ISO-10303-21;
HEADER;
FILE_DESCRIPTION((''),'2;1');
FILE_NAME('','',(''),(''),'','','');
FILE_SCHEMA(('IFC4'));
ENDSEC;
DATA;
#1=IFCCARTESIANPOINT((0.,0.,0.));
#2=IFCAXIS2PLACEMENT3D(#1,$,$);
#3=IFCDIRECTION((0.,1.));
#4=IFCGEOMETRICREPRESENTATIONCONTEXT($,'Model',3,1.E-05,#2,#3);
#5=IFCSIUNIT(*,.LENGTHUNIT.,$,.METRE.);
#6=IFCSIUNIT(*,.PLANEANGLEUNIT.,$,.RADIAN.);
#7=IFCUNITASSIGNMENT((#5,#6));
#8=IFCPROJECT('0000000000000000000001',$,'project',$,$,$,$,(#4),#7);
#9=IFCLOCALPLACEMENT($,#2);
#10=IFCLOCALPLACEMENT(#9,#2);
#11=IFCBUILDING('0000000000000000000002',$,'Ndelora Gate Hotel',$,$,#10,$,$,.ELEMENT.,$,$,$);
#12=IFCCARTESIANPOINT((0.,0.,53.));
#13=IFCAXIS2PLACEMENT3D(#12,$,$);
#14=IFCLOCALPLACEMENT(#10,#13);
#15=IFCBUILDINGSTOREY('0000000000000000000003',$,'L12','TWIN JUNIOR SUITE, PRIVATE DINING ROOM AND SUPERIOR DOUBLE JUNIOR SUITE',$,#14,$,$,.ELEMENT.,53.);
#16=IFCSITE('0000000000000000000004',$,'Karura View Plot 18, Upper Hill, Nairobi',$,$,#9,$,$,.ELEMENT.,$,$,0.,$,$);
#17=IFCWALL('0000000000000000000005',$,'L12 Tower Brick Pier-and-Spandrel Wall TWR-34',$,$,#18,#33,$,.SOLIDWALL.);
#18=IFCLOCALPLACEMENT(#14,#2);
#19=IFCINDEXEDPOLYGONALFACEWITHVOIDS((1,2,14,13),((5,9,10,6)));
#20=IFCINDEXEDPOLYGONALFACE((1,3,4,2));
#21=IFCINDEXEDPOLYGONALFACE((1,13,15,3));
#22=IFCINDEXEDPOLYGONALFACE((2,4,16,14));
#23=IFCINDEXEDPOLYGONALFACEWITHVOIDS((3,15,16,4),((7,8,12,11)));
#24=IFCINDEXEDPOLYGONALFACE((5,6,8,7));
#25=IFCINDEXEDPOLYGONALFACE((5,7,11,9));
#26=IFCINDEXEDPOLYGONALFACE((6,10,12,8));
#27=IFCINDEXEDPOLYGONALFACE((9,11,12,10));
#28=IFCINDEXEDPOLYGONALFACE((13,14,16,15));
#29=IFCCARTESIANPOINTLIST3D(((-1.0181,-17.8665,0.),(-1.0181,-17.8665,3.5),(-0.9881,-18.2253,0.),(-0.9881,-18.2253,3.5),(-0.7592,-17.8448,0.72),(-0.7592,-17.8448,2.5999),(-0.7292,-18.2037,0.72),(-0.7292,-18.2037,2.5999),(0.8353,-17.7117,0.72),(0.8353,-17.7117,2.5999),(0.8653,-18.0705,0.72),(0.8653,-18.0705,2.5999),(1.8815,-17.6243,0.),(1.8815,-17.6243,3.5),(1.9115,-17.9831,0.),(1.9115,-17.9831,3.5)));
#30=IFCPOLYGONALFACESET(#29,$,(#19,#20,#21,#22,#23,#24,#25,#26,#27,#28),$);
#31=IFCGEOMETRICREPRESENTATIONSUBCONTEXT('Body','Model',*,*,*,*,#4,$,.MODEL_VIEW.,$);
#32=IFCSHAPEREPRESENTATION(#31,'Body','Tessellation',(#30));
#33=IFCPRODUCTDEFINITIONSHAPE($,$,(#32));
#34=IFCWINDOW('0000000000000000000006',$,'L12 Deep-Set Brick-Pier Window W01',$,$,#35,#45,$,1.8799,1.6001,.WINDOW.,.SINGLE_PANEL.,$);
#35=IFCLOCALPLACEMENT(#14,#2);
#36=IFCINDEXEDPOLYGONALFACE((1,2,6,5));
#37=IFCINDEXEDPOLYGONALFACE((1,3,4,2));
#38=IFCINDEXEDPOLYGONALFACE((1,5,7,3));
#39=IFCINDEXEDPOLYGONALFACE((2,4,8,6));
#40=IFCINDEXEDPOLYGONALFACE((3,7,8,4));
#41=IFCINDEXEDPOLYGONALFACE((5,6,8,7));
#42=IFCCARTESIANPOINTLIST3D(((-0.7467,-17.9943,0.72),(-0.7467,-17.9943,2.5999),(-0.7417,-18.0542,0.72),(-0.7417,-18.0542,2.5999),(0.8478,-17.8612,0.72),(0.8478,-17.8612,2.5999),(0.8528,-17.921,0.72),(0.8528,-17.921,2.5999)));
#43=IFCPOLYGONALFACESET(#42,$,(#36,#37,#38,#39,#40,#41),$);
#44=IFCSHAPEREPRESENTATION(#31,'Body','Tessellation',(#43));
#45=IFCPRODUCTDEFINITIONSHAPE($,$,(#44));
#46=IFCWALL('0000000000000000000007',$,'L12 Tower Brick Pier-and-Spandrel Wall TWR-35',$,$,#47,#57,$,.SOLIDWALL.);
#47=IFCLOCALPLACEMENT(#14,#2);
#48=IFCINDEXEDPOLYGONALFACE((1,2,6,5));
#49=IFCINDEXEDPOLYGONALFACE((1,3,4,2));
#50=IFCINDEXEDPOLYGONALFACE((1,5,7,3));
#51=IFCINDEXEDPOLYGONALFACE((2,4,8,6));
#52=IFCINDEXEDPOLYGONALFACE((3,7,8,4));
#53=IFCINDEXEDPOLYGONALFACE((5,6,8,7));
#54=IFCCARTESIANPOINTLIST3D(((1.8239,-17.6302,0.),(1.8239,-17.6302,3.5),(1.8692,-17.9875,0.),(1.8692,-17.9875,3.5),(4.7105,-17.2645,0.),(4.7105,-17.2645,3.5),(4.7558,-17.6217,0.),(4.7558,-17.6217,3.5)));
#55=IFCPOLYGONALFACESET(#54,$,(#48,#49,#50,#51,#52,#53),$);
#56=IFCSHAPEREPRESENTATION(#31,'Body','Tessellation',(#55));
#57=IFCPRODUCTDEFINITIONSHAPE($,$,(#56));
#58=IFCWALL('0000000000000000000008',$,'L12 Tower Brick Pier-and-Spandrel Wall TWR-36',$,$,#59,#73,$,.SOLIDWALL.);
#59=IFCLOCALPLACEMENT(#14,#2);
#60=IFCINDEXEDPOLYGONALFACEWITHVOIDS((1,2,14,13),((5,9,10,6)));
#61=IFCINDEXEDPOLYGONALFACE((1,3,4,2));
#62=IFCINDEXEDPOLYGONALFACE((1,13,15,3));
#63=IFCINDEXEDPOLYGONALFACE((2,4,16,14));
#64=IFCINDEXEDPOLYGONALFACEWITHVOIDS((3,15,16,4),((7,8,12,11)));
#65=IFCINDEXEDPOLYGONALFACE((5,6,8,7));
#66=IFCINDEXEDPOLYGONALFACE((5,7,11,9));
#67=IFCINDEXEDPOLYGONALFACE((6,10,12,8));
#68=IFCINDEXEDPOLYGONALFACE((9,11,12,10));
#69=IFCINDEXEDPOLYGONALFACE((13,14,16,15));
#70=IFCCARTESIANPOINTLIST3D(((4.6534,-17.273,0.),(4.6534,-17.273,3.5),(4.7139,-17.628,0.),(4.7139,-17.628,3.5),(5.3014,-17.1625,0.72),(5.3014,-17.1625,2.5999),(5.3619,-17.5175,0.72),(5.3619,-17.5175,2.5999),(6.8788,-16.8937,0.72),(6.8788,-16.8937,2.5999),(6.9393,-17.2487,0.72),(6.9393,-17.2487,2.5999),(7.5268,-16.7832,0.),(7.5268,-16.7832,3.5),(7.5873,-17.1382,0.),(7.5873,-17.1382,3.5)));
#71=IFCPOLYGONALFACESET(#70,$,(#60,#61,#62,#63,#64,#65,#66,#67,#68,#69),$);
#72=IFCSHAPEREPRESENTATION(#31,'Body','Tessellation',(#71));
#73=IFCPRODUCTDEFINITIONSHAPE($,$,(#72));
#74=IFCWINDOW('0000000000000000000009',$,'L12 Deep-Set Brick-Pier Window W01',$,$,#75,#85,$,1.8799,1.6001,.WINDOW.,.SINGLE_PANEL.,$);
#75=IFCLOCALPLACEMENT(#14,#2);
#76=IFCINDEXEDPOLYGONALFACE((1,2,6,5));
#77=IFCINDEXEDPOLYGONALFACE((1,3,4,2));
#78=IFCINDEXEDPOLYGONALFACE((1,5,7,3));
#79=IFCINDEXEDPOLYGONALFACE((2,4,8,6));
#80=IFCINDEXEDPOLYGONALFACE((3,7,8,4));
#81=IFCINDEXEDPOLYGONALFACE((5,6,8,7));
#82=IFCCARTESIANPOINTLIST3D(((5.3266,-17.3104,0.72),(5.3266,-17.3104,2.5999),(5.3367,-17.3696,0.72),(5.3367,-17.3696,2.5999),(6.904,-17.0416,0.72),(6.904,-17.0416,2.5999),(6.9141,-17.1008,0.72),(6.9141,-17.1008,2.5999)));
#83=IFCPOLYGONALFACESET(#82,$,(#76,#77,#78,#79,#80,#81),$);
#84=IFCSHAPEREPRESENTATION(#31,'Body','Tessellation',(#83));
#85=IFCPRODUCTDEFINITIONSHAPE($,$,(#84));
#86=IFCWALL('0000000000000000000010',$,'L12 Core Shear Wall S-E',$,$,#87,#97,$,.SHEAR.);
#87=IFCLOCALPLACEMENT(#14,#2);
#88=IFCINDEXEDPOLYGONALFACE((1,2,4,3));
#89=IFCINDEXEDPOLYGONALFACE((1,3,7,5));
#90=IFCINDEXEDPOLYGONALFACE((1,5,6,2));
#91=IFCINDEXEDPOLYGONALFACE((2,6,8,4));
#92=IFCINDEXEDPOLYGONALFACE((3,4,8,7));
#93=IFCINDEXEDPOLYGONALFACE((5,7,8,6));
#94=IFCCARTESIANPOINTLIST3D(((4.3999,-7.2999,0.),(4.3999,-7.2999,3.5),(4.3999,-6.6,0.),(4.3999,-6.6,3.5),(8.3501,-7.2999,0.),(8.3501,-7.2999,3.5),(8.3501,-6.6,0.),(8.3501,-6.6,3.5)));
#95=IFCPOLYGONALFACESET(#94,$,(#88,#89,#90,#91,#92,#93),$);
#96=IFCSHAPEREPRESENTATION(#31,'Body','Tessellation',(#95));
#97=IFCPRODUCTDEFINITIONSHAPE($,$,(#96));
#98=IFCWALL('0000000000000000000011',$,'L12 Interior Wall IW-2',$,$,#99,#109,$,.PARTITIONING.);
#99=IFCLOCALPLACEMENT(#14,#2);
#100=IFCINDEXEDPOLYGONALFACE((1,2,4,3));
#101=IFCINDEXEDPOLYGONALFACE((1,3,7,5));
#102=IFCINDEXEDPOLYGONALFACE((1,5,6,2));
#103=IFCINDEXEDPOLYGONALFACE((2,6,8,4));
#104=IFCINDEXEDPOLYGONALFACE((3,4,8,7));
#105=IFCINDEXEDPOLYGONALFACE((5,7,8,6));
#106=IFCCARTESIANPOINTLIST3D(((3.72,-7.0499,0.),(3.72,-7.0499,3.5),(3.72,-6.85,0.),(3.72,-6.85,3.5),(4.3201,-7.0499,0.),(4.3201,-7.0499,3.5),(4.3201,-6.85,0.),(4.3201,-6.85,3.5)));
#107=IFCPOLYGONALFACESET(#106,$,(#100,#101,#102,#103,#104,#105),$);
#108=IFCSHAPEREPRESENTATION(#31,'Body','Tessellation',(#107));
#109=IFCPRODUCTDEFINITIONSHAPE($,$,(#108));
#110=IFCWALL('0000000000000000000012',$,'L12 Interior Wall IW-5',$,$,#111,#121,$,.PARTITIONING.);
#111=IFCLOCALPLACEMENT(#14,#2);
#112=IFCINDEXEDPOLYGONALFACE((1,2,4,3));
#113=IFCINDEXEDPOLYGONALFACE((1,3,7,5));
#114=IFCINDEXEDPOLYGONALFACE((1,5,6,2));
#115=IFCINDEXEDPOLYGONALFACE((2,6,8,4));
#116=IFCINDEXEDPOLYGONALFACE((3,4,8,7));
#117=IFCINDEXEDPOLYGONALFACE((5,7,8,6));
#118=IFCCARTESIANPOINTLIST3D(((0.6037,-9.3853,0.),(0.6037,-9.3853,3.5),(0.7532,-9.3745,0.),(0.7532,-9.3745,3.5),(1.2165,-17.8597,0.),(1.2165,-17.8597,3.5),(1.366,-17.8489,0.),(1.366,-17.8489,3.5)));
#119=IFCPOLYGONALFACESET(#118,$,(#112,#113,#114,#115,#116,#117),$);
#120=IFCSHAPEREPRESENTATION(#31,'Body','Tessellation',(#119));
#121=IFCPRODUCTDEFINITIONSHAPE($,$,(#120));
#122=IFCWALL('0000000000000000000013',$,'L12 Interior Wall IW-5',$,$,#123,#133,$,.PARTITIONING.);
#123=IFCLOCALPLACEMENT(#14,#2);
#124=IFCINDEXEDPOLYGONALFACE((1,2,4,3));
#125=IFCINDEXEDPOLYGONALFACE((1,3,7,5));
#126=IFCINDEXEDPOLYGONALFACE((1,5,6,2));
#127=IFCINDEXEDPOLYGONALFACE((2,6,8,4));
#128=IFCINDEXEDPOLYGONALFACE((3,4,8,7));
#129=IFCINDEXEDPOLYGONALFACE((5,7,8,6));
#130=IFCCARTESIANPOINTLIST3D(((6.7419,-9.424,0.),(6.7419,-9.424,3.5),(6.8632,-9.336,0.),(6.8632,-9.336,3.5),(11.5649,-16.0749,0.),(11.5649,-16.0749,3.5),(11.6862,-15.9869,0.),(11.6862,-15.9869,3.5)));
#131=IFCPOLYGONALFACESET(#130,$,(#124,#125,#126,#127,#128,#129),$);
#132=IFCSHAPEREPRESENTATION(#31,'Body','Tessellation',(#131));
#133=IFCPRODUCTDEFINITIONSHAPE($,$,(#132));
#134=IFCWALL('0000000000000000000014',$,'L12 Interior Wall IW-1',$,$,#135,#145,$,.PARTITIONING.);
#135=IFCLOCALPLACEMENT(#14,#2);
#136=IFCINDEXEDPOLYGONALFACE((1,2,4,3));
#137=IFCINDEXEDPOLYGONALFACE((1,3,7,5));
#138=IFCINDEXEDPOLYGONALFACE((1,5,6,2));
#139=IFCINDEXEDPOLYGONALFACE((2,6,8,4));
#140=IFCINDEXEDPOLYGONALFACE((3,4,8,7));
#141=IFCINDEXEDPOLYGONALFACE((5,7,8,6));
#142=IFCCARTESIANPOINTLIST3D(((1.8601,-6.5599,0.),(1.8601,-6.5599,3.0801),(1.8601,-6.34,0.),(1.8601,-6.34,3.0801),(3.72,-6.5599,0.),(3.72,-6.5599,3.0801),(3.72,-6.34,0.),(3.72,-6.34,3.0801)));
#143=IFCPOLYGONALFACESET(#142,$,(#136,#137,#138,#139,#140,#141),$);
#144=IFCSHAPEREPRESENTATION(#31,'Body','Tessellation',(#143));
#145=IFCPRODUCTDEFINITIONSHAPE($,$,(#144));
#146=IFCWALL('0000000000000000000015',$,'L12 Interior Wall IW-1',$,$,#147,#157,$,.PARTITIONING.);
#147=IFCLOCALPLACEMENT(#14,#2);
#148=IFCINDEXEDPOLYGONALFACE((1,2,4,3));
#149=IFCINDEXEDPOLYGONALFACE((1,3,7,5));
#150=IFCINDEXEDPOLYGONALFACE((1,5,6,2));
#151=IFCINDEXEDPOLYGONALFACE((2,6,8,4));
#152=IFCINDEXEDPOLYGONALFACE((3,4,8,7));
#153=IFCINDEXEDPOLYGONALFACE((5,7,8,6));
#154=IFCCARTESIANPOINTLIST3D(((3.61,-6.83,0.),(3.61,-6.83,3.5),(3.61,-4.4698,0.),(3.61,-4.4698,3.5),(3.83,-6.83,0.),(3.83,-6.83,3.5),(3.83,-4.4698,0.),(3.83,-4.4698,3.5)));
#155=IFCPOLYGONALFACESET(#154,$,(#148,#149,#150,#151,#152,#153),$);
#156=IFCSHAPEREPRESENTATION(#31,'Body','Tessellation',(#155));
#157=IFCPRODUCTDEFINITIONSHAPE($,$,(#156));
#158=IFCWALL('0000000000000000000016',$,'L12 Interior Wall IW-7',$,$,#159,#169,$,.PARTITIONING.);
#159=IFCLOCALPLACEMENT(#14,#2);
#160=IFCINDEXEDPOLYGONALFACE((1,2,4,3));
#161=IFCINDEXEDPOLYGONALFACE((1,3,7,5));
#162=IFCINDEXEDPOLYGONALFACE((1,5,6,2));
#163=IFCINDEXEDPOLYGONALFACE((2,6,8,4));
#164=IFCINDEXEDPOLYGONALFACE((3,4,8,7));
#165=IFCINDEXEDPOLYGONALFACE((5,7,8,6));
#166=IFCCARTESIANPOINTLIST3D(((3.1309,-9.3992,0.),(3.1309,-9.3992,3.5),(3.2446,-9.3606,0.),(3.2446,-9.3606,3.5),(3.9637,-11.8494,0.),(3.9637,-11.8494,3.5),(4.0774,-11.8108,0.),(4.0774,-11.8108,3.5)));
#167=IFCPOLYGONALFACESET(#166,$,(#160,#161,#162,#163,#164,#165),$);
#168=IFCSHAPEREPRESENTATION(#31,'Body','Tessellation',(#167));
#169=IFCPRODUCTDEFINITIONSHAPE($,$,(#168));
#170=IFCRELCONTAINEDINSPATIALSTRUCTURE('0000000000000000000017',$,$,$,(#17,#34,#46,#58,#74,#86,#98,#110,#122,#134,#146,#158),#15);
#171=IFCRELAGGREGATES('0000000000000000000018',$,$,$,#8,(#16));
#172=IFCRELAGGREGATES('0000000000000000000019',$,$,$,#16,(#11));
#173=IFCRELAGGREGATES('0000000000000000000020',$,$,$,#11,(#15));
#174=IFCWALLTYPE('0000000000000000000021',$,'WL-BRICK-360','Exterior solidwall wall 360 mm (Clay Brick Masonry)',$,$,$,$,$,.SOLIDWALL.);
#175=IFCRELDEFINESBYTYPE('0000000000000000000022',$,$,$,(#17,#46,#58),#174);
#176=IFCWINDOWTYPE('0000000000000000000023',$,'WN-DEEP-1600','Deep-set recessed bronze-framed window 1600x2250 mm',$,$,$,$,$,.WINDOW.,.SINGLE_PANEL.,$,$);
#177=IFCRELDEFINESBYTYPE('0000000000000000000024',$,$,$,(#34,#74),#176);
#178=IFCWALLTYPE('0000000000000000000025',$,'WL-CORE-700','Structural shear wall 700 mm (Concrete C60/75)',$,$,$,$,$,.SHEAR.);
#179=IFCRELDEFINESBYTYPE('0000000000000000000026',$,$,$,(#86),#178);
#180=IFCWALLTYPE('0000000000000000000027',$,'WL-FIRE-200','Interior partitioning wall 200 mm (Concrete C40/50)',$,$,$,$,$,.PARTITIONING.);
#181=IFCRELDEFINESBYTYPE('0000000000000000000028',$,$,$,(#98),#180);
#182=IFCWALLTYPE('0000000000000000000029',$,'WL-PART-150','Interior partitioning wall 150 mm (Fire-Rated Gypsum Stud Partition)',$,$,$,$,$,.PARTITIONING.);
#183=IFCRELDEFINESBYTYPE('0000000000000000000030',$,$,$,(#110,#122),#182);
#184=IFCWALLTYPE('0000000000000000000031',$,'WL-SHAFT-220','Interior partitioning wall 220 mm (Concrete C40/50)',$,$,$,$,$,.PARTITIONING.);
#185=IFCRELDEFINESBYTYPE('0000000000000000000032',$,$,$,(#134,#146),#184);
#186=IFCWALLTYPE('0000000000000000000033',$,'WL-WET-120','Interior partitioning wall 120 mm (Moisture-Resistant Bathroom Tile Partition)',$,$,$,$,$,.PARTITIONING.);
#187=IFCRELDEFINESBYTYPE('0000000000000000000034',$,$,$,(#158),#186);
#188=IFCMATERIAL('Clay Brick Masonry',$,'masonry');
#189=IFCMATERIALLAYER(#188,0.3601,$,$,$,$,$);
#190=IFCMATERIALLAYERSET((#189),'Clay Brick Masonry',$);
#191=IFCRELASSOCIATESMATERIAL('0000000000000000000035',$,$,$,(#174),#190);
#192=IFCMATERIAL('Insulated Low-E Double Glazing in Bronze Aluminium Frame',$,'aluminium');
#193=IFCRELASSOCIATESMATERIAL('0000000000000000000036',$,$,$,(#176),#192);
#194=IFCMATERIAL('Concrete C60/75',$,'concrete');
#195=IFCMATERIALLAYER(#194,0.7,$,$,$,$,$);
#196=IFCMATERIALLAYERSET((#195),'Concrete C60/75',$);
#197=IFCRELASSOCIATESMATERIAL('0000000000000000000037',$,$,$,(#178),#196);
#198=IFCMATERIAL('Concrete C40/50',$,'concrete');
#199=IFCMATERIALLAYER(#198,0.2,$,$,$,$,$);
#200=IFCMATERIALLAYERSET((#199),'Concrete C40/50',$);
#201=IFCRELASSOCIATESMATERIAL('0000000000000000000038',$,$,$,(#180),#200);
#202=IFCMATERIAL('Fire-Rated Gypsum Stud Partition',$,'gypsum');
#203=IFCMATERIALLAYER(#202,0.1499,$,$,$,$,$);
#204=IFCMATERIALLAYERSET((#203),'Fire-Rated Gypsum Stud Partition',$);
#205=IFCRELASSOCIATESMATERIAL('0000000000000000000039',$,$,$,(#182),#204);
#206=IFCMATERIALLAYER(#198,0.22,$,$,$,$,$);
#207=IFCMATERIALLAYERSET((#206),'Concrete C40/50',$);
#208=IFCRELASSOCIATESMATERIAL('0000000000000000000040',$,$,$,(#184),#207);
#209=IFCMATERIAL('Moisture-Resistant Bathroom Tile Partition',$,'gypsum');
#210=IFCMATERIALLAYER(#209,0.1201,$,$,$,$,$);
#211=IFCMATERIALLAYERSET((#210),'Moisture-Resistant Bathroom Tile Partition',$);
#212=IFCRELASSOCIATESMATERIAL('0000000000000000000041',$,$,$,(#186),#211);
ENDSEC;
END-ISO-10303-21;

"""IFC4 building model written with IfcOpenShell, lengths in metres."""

from ifc_helpers import new_model, si_unit, direction, frame, frame_2d, origin, place, context, subcontext, project, spatial, rectangle, extrude, material, layer, layer_set, type_object, element, fill, save


model = new_model("IFC4")

# Units and contexts
model_context = context("Model", 3, precision=1e-05, world=origin(), true_north=direction((0.0, 1.0)))
body_context = subcontext(model_context, "Body", "Model", "MODEL_VIEW")
ifc_project = project(units=[si_unit("LENGTHUNIT", "METRE"), si_unit("PLANEANGLEUNIT", "RADIAN")], contexts=[model_context])

# Site, building, storey
site_placement = place(None, origin())
site = spatial("IfcSite", under=ifc_project, at=site_placement, Name="Karura View Plot 18, Upper Hill, Nairobi", CompositionType="ELEMENT", RefElevation=0.0)
building_placement = place(site_placement, origin())
building = spatial("IfcBuilding", under=site, at=building_placement, Name="Ndelora Gate Hotel", CompositionType="ELEMENT")
storey_placement = place(building_placement, frame((0.0, 0.0, 53.0)))
storey = spatial("IfcBuildingStorey", under=building, at=storey_placement, Name="L12", Description="TWIN JUNIOR SUITE, PRIVATE DINING ROOM AND SUPERIOR DOUBLE JUNIOR SUITE", CompositionType="ELEMENT", Elevation=53.0)

# Shared definitions
ifc_material_1 = material(Name="Concrete C60/75", Category="concrete")

# Wall, opening, window
ifc_material_2 = material(Name="Clay Brick Masonry", Category="masonry")
ifc_layer_1 = layer(ifc_material_2, 0.3601)
ifc_layer_set_1 = layer_set([ifc_layer_1], Name="Clay Brick Masonry")
wall_type_1 = type_object("IfcWallType", Name="WL-BRICK-360", Description="Exterior solidwall wall 360 mm (Clay Brick Masonry)", PredefinedType="SOLIDWALL", material=ifc_layer_set_1)
wall_1_placement = place(storey_placement, frame((1.8965, -17.8037, 0.0), z_axis=(0.0, 0.0, 1.0), x_axis=(-0.99653, -0.083233, 0.0)))
wall_1 = element("IfcWall", 1, at=wall_1_placement, inside=storey, type_object=wall_type_1, Name="L12 Tower Brick Pier-and-Spandrel Wall TWR-34", PredefinedType="SOLIDWALL", context=body_context, shape_type="SweptSolid", body=[
    extrude(rectangle(XDim=2.9097, YDim=0.3601, at=frame_2d((1.4548, 0.0))), origin(), (0.0, 0.0, 1.0), 3.5),
])
opening_1_placement = place(wall_1_placement, frame((1.0498, 0.0, 0.72)))
opening_1 = element("IfcOpeningElement", 2, at=opening_1_placement, cuts=wall_1, PredefinedType="OPENING", context=body_context, shape_type="SweptSolid", body=[
    extrude(rectangle(XDim=1.6001, YDim=1.8799, at=frame_2d((0.8, 0.9399))), frame((0.0, 0.1899, 0.0), z_axis=(0.0, -1.0, 0.0), x_axis=(1.0, 0.0, 0.0)), (0.0, 0.0, 1.0), 0.3801),
])
ifc_material_3 = material(Name="Insulated Low-E Double Glazing in Bronze Aluminium Frame", Category="aluminium")
window_type = type_object("IfcWindowType", Name="WN-DEEP-1600", Description="Deep-set recessed bronze-framed window 1600x2250 mm", PartitioningType="SINGLE_PANEL", PredefinedType="WINDOW", material=ifc_material_3)
window_1_placement = place(opening_1_placement, origin())
window_1 = element("IfcWindow", 3, at=window_1_placement, inside=storey, type_object=window_type, Name="L12 Deep-Set Brick-Pier Window W01", OverallHeight=1.8799, OverallWidth=1.6001, PartitioningType="SINGLE_PANEL", PredefinedType="WINDOW", context=body_context, shape_type="SweptSolid", body=[
    extrude(rectangle(XDim=1.6001, YDim=1.8799, at=frame_2d((0.8, 0.9399))), frame((0.0, 0.03, 0.0), z_axis=(0.0, -1.0, 0.0), x_axis=(1.0, 0.0, 0.0)), (0.0, 0.0, 1.0), 0.0601),
])
fill(opening_1, window_1)

# Wall
wall_2_placement = place(storey_placement, frame((4.7332, -17.4431, 0.0), z_axis=(0.0, 0.0, 1.0), x_axis=(-0.992069, -0.125697, 0.0)))
element("IfcWall", 4, at=wall_2_placement, inside=storey, type_object=wall_type_1, Name="L12 Tower Brick Pier-and-Spandrel Wall TWR-35", PredefinedType="SOLIDWALL", context=body_context, shape_type="SweptSolid", body=[
    extrude(rectangle(XDim=2.9097, YDim=0.3601, at=frame_2d((1.4548, 0.0))), origin(), (0.0, 0.0, 1.0), 3.5),
])

# Wall, opening, window
wall_3_placement = place(storey_placement, frame((7.5571, -16.9607, 0.0), z_axis=(0.0, 0.0, 1.0), x_axis=(-0.985783, -0.168024, 0.0)))
wall_3 = element("IfcWall", 5, at=wall_3_placement, inside=storey, type_object=wall_type_1, Name="L12 Tower Brick Pier-and-Spandrel Wall TWR-36", PredefinedType="SOLIDWALL", context=body_context, shape_type="SweptSolid", body=[
    extrude(rectangle(XDim=2.9148, YDim=0.3601, at=frame_2d((1.4575, 0.0))), origin(), (0.0, 0.0, 1.0), 3.5),
])
opening_2_placement = place(wall_3_placement, frame((0.6575, 0.0, 0.72)))
opening_2 = element("IfcOpeningElement", 6, at=opening_2_placement, cuts=wall_3, PredefinedType="OPENING", context=body_context, shape_type="SweptSolid", body=[
    extrude(rectangle(XDim=1.6001, YDim=1.8799, at=frame_2d((0.8, 0.9399))), frame((0.0, 0.1899, 0.0), z_axis=(0.0, -1.0, 0.0), x_axis=(1.0, 0.0, 0.0)), (0.0, 0.0, 1.0), 0.3801),
])
window_2_placement = place(opening_2_placement, origin())
window_2 = element("IfcWindow", 7, at=window_2_placement, inside=storey, type_object=window_type, Name="L12 Deep-Set Brick-Pier Window W01", OverallHeight=1.8799, OverallWidth=1.6001, PartitioningType="SINGLE_PANEL", PredefinedType="WINDOW", context=body_context, shape_type="SweptSolid", body=[
    extrude(rectangle(XDim=1.6001, YDim=1.8799, at=frame_2d((0.8, 0.9399))), frame((0.0, 0.03, 0.0), z_axis=(0.0, -1.0, 0.0), x_axis=(1.0, 0.0, 0.0)), (0.0, 0.0, 1.0), 0.0601),
])
fill(opening_2, window_2)

# Walls
ifc_layer_2 = layer(ifc_material_1, 0.7)
ifc_layer_set_2 = layer_set([ifc_layer_2], Name="Concrete C60/75")
wall_type_2 = type_object("IfcWallType", Name="WL-CORE-700", Description="Structural shear wall 700 mm (Concrete C60/75)", PredefinedType="SHEAR", material=ifc_layer_set_2)
wall_4_placement = place(storey_placement, frame((4.3999, -6.95, 0.0), z_axis=(0.0, 0.0, 1.0), x_axis=(1.0, 0.0, 0.0)))
element("IfcWall", 8, at=wall_4_placement, inside=storey, type_object=wall_type_2, Name="L12 Core Shear Wall S-E", PredefinedType="SHEAR", context=body_context, shape_type="SweptSolid", body=[
    extrude(rectangle(XDim=3.9502, YDim=0.7, at=frame_2d((1.9751, 0.0))), origin(), (0.0, 0.0, 1.0), 3.5),
])
ifc_material_4 = material(Name="Concrete C40/50", Category="concrete")
ifc_layer_3 = layer(ifc_material_4, 0.2)
ifc_layer_set_3 = layer_set([ifc_layer_3], Name="Concrete C40/50")
wall_type_3 = type_object("IfcWallType", Name="WL-FIRE-200", Description="Interior partitioning wall 200 mm (Concrete C40/50)", PredefinedType="PARTITIONING", material=ifc_layer_set_3)
wall_5_placement = place(storey_placement, frame((3.72, -6.95, 0.0), z_axis=(0.0, 0.0, 1.0), x_axis=(1.0, 0.0, 0.0)))
element("IfcWall", 9, at=wall_5_placement, inside=storey, type_object=wall_type_3, Name="L12 Interior Wall IW-2", PredefinedType="PARTITIONING", context=body_context, shape_type="SweptSolid", body=[
    extrude(rectangle(XDim=0.6001, YDim=0.2, at=frame_2d((0.3, 0.0))), origin(), (0.0, 0.0, 1.0), 3.5),
])
ifc_material_5 = material(Name="Fire-Rated Gypsum Stud Partition", Category="gypsum")
ifc_layer_4 = layer(ifc_material_5, 0.1499)
ifc_layer_set_4 = layer_set([ifc_layer_4], Name="Fire-Rated Gypsum Stud Partition")
wall_type_4 = type_object("IfcWallType", Name="WL-PART-150", Description="Interior partitioning wall 150 mm (Fire-Rated Gypsum Stud Partition)", PredefinedType="PARTITIONING", material=ifc_layer_set_4)
wall_6_placement = place(storey_placement, frame((0.6785, -9.3799, 0.0), z_axis=(0.0, 0.0, 1.0), x_axis=(0.072123, -0.997396, 0.0)))
element("IfcWall", 10, at=wall_6_placement, inside=storey, type_object=wall_type_4, Name="L12 Interior Wall IW-5", PredefinedType="PARTITIONING", context=body_context, shape_type="SweptSolid", body=[
    extrude(rectangle(XDim=8.4966, YDim=0.1499, at=frame_2d((4.2483, 0.0))), origin(), (0.0, 0.0, 1.0), 3.5),
])
wall_7_placement = place(storey_placement, frame((6.8025, -9.3799, 0.0), z_axis=(0.0, 0.0, 1.0), x_axis=(0.587056, -0.809546, 0.0)))
element("IfcWall", 11, at=wall_7_placement, inside=storey, type_object=wall_type_4, Name="L12 Interior Wall IW-5", PredefinedType="PARTITIONING", context=body_context, shape_type="SweptSolid", body=[
    extrude(rectangle(XDim=8.2156, YDim=0.1499, at=frame_2d((4.1079, 0.0))), origin(), (0.0, 0.0, 1.0), 3.5),
])
ifc_layer_5 = layer(ifc_material_4, 0.22)
ifc_layer_set_5 = layer_set([ifc_layer_5], Name="Concrete C40/50")
wall_type_5 = type_object("IfcWallType", Name="WL-SHAFT-220", Description="Interior partitioning wall 220 mm (Concrete C40/50)", PredefinedType="PARTITIONING", material=ifc_layer_set_5)
wall_8_placement = place(storey_placement, frame((1.8601, -6.45, 0.0), z_axis=(0.0, 0.0, 1.0), x_axis=(1.0, 0.0, 0.0)))
element("IfcWall", 12, at=wall_8_placement, inside=storey, type_object=wall_type_5, Name="L12 Interior Wall IW-1", PredefinedType="PARTITIONING", context=body_context, shape_type="SweptSolid", body=[
    extrude(rectangle(XDim=1.8599, YDim=0.22, at=frame_2d((0.9299, 0.0))), origin(), (0.0, 0.0, 1.0), 3.0801),
])
wall_9_placement = place(storey_placement, frame((3.72, -6.8301, 0.0), z_axis=(0.0, 0.0, 1.0), x_axis=(0.0, 1.0, 0.0)))
element("IfcWall", 13, at=wall_9_placement, inside=storey, type_object=wall_type_5, Name="L12 Interior Wall IW-1", PredefinedType="PARTITIONING", context=body_context, shape_type="SweptSolid", body=[
    extrude(rectangle(XDim=2.3601, YDim=0.22, at=frame_2d((1.1802, 0.0))), origin(), (0.0, 0.0, 1.0), 3.5),
])
ifc_material_6 = material(Name="Moisture-Resistant Bathroom Tile Partition", Category="gypsum")
ifc_layer_6 = layer(ifc_material_6, 0.1201)
ifc_layer_set_6 = layer_set([ifc_layer_6], Name="Moisture-Resistant Bathroom Tile Partition")
wall_type_6 = type_object("IfcWallType", Name="WL-WET-120", Description="Interior partitioning wall 120 mm (Moisture-Resistant Bathroom Tile Partition)", PredefinedType="PARTITIONING", material=ifc_layer_set_6)
wall_10_placement = place(storey_placement, frame((3.1877, -9.3799, 0.0), z_axis=(0.0, 0.0, 1.0), x_axis=(0.321798, -0.946808, 0.0)))
element("IfcWall", 14, at=wall_10_placement, inside=storey, type_object=wall_type_6, Name="L12 Interior Wall IW-7", PredefinedType="PARTITIONING", context=body_context, shape_type="SweptSolid", body=[
    extrude(rectangle(XDim=2.5879, YDim=0.1201, at=frame_2d((1.2939, 0.0))), origin(), (0.0, 0.0, 1.0), 3.5),
])

save(model, "model.ifc")
